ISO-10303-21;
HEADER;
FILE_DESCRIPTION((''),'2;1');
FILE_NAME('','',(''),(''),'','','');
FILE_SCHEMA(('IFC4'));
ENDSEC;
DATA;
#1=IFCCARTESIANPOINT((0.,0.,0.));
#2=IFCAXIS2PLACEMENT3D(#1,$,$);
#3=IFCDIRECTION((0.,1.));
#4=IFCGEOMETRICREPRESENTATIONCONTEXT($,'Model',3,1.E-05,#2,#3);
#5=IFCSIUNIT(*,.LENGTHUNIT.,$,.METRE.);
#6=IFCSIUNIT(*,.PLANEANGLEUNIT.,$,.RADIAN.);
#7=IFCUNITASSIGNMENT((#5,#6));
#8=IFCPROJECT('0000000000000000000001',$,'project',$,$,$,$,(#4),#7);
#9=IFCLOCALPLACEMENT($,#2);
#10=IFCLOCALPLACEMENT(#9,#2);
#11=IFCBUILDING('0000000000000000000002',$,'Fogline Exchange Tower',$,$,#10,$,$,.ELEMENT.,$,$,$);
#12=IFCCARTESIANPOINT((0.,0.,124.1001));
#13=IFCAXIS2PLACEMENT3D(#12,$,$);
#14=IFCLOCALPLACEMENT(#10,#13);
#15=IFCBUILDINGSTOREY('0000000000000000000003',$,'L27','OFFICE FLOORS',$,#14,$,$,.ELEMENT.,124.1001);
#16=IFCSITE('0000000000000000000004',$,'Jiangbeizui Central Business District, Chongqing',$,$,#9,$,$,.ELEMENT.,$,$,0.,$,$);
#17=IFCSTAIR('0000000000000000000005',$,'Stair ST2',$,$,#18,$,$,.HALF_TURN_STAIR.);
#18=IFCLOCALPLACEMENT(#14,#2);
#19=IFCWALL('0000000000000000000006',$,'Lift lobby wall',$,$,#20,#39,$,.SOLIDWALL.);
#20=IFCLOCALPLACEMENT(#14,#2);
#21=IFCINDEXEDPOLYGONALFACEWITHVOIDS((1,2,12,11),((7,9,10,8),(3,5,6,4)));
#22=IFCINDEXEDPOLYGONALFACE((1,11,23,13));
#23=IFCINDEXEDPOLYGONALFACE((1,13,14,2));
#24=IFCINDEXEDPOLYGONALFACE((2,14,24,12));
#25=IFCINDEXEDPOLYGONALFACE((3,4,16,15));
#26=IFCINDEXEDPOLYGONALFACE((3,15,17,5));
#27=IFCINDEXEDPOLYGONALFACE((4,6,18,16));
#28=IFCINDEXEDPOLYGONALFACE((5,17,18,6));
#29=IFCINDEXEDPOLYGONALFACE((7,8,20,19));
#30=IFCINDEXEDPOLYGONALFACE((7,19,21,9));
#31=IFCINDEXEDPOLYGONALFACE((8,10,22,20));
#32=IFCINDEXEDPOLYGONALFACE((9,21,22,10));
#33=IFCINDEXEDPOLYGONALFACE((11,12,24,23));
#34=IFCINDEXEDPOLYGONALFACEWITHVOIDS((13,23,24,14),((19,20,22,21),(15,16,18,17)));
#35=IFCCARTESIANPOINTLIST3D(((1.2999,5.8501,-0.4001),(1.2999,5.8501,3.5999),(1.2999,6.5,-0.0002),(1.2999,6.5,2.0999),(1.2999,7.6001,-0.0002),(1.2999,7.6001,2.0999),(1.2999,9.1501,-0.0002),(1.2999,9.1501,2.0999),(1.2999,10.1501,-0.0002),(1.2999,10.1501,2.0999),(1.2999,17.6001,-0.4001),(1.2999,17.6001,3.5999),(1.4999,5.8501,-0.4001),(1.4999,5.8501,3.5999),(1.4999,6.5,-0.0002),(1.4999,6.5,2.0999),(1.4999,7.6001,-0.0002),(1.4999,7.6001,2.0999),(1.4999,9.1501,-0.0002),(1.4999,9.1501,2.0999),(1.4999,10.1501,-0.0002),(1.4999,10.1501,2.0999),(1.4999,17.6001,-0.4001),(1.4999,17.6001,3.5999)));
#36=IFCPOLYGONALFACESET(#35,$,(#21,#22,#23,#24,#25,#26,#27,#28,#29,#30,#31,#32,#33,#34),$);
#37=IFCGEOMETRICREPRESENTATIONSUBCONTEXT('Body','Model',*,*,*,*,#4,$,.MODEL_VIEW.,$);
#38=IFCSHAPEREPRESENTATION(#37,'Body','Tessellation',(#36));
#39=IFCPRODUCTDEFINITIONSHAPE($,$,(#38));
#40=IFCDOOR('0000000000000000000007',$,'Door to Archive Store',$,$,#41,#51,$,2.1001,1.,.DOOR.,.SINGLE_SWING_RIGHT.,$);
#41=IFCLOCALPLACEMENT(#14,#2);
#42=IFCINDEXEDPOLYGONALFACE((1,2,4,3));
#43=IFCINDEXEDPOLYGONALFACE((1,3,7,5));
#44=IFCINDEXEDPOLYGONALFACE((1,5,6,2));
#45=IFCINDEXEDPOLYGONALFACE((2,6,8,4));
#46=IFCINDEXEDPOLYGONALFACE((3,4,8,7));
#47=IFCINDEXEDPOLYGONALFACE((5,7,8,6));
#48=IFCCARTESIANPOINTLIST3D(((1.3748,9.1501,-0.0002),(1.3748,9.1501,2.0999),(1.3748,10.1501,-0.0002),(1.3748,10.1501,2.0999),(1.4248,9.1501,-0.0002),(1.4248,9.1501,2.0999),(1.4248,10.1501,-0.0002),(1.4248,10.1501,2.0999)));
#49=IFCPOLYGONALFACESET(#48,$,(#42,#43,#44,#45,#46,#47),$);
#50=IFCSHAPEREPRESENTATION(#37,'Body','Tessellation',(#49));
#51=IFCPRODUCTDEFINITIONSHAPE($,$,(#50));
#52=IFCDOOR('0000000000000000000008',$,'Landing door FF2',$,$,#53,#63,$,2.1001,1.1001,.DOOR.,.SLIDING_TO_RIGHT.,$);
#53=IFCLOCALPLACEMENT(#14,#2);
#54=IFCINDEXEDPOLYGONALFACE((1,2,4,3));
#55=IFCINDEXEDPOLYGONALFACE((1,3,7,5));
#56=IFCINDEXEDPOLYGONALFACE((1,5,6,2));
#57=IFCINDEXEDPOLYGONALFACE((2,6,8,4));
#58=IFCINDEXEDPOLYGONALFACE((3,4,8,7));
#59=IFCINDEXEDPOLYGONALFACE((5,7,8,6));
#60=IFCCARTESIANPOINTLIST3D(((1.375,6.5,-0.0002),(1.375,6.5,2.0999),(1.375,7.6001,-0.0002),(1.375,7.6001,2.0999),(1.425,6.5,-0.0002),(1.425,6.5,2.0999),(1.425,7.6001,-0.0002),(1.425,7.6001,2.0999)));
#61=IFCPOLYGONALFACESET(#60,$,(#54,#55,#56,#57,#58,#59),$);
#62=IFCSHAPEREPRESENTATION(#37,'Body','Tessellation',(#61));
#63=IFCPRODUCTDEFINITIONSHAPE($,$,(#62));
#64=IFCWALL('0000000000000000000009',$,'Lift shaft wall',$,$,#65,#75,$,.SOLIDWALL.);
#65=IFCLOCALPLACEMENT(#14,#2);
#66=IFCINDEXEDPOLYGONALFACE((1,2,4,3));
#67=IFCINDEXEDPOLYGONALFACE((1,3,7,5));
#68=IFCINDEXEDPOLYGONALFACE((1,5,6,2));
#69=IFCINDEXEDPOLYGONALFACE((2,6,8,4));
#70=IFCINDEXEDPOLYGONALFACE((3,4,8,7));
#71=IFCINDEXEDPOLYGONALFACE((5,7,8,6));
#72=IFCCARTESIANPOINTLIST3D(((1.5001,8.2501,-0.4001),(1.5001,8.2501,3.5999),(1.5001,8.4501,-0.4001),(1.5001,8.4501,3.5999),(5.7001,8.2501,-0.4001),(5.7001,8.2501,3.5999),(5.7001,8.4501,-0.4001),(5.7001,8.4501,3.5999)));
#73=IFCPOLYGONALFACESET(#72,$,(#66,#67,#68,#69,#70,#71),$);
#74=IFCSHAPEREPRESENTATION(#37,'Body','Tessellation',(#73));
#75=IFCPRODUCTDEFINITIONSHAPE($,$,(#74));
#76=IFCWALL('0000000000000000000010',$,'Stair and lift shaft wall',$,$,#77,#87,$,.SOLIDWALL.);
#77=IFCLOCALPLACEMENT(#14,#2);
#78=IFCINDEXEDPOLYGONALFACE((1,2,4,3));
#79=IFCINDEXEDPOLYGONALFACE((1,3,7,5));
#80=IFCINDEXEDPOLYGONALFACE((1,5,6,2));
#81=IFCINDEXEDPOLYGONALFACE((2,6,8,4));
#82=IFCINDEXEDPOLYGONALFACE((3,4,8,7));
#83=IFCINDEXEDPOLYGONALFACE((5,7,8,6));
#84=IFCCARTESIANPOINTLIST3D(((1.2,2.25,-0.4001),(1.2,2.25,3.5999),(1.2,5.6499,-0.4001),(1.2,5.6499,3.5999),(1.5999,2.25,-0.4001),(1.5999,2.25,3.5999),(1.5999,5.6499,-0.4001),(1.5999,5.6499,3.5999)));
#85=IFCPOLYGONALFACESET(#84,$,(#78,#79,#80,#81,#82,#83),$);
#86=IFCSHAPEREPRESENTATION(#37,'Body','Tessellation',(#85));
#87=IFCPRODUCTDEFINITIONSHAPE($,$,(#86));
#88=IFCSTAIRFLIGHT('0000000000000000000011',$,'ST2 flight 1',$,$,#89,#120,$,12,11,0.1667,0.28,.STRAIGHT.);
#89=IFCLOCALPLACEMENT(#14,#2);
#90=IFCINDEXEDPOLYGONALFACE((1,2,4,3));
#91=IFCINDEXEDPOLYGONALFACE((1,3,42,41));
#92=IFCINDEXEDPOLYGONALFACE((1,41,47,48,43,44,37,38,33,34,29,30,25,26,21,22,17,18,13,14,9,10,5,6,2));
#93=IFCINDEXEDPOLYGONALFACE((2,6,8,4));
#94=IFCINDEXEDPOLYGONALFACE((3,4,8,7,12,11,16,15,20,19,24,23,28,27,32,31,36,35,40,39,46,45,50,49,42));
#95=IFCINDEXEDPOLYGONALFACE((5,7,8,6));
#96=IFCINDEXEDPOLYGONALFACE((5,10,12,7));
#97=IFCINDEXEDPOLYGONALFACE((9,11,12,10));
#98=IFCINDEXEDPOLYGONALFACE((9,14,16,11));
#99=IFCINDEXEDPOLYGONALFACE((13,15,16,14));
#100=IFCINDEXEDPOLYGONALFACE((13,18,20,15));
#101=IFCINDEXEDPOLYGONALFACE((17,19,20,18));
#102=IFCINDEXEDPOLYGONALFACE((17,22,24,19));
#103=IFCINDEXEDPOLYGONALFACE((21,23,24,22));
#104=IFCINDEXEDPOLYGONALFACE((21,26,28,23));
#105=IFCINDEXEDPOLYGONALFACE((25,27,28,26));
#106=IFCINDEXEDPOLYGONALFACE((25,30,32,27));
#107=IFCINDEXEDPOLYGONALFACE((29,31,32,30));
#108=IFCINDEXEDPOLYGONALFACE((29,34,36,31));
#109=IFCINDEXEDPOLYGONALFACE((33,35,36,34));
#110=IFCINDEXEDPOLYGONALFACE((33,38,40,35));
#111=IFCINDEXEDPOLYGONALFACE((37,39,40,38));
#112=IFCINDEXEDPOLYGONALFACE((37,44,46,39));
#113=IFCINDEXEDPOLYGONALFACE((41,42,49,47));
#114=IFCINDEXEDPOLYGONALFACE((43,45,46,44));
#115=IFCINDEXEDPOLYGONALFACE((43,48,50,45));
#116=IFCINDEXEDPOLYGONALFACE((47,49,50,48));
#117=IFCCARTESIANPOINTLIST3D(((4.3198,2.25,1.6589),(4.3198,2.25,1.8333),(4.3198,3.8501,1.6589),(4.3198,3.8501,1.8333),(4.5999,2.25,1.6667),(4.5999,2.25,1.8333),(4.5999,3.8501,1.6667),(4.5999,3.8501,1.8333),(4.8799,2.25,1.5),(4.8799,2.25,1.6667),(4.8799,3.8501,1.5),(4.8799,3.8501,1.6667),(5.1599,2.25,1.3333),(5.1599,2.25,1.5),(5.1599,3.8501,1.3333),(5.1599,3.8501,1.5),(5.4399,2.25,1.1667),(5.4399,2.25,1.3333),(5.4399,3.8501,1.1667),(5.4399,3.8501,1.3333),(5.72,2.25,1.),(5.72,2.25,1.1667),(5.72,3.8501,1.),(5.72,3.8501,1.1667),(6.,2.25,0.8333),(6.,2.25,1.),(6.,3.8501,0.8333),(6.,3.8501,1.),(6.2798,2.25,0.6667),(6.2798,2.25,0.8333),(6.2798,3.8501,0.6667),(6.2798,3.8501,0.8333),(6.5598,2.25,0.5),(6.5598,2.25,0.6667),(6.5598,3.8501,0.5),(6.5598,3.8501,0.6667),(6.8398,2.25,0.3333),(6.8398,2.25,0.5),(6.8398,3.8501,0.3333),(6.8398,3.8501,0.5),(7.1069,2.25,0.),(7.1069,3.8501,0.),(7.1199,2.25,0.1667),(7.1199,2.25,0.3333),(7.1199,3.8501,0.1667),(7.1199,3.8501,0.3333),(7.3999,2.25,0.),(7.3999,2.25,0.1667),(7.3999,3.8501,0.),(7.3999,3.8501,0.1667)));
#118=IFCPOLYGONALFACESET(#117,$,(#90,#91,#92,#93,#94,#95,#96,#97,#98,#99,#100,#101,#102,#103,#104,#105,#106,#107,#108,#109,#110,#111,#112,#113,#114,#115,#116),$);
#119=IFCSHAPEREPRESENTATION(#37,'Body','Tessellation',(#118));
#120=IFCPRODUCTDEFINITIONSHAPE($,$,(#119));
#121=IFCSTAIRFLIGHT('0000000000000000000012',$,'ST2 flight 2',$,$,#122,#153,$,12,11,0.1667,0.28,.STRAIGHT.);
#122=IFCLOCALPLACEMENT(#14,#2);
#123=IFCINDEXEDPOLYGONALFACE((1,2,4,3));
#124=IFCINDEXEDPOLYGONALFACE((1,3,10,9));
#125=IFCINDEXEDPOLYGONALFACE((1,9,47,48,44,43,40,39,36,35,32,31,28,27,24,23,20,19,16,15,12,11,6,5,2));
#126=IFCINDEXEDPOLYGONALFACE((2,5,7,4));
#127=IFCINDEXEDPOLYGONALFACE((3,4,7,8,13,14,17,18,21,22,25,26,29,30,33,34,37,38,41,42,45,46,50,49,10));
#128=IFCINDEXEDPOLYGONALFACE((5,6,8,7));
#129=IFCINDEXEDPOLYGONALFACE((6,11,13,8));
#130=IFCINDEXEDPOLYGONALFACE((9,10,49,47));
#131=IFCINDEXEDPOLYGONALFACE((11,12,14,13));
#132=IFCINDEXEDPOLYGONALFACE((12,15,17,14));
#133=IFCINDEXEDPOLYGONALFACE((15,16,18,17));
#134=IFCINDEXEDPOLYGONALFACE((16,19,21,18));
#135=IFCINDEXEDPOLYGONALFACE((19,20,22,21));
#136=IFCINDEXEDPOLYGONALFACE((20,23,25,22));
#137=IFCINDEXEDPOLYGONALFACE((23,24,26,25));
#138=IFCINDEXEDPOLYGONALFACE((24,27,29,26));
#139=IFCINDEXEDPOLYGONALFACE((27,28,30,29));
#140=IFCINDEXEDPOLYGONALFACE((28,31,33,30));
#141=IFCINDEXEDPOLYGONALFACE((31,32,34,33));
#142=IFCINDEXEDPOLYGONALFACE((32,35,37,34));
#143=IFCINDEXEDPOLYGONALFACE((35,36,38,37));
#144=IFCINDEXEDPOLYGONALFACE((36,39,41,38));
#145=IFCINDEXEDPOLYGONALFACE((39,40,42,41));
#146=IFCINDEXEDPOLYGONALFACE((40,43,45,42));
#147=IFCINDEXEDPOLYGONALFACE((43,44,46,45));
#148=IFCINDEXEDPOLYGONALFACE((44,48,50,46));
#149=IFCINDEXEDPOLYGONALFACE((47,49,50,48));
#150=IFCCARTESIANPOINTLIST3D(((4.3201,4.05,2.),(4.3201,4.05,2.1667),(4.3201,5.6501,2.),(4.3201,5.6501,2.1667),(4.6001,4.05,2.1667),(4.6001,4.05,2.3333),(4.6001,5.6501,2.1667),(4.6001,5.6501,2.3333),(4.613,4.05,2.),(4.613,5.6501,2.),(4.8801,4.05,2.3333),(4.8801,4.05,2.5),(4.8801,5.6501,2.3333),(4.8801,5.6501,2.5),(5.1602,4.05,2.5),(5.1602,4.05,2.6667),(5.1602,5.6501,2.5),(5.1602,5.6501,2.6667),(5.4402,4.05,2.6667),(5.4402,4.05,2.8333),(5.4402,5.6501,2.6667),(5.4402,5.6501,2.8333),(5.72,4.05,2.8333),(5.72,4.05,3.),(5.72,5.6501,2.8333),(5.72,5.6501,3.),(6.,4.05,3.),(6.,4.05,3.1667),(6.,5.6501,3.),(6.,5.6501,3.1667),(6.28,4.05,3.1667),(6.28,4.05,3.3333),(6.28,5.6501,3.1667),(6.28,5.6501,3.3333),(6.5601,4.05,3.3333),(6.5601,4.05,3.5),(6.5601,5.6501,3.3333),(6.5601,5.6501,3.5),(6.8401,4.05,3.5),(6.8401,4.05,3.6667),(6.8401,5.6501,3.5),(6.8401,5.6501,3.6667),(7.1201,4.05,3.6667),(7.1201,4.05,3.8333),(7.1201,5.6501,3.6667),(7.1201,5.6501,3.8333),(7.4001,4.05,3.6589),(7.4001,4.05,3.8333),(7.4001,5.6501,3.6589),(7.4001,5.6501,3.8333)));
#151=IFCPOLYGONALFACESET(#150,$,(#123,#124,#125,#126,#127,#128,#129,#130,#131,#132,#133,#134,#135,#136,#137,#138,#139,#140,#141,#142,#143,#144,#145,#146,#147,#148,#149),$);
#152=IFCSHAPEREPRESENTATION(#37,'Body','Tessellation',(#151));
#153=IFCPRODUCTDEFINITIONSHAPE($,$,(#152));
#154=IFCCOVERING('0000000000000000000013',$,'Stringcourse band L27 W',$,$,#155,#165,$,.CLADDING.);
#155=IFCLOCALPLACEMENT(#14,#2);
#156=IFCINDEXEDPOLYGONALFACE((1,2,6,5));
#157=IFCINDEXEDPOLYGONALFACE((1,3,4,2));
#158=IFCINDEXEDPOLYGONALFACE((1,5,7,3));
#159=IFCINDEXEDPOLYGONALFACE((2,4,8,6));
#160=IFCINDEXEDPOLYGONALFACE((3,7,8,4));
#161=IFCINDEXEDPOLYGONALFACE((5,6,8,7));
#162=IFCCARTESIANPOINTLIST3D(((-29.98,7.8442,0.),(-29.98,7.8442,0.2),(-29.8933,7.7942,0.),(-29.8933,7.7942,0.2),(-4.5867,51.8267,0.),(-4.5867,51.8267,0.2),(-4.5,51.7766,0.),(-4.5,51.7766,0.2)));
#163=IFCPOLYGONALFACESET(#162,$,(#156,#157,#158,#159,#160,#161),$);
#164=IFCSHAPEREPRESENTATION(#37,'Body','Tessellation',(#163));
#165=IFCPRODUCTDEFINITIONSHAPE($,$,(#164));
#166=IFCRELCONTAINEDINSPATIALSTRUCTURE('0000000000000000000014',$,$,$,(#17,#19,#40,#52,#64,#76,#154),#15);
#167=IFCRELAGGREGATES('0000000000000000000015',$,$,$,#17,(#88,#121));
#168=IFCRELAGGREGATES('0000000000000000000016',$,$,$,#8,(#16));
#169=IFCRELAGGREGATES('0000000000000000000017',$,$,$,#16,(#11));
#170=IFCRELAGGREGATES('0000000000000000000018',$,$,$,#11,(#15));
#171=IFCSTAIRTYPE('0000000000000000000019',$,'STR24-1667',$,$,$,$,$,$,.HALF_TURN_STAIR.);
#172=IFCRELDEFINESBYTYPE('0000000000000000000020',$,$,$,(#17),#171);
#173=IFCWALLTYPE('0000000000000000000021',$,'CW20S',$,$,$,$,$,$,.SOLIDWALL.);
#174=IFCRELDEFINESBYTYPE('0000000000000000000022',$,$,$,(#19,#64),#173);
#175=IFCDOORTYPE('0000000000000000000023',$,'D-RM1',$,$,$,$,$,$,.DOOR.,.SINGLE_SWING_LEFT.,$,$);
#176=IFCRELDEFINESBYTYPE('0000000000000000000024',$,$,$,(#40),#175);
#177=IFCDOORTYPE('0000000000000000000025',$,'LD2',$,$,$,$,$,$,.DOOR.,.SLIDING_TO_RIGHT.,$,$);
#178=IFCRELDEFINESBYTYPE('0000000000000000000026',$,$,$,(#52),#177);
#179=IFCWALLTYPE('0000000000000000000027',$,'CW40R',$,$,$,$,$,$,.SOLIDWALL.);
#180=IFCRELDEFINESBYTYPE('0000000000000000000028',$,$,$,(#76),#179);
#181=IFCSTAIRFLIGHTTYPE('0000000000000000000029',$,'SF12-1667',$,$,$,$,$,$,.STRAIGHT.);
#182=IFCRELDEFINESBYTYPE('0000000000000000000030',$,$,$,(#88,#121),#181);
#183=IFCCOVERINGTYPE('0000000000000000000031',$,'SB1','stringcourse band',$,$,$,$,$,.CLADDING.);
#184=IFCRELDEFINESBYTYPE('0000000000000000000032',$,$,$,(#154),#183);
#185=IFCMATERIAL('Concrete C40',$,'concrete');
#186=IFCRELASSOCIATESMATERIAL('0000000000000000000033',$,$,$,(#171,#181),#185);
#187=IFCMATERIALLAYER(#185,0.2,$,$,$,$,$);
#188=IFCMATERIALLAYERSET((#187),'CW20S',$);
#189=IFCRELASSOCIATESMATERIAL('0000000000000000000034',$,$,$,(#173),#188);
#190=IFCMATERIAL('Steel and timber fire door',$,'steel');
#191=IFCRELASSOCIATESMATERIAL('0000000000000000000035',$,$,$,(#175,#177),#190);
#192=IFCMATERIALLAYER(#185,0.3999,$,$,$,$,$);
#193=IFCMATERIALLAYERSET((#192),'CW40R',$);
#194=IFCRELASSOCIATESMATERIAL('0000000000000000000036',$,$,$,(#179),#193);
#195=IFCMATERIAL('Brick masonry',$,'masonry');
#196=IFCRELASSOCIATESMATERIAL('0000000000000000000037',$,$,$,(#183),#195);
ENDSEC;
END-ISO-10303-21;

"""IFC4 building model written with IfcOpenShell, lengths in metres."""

from ifc_helpers import new_model, si_unit, direction, frame, frame_2d, origin, place, context, subcontext, project, spatial, polyline, rectangle, outline, extrude, material, layer, layer_set, type_object, element, fill, aggregate, save


model = new_model("IFC4")

# Units and contexts
model_context = context("Model", 3, precision=1e-05, world=origin(), true_north=direction((0.0, 1.0)))
body_context = subcontext(model_context, "Body", "Model", "MODEL_VIEW")
ifc_project = project(units=[si_unit("LENGTHUNIT", "METRE"), si_unit("PLANEANGLEUNIT", "RADIAN")], contexts=[model_context])

# Site, building, storey
site_placement = place(None, origin())
site = spatial("IfcSite", under=ifc_project, at=site_placement, Name="Jiangbeizui Central Business District, Chongqing", CompositionType="ELEMENT", RefElevation=0.0)
building_placement = place(site_placement, origin())
building = spatial("IfcBuilding", under=site, at=building_placement, Name="Fogline Exchange Tower", CompositionType="ELEMENT")
storey_placement = place(building_placement, frame((0.0, 0.0, 124.1001)))
storey = spatial("IfcBuildingStorey", under=building, at=storey_placement, Name="L27", Description="OFFICE FLOORS", CompositionType="ELEMENT", Elevation=124.1001)

# Shared definitions
ifc_material_1 = material(Name="Concrete C40", Category="concrete")

# Stair
stair_type = type_object("IfcStairType", Name="STR24-1667", PredefinedType="HALF_TURN_STAIR", material=ifc_material_1)
stair_1_placement = place(storey_placement, origin())
stair_1 = element("IfcStair", 1, at=stair_1_placement, inside=storey, type_object=stair_type, Name="Stair ST2", PredefinedType="HALF_TURN_STAIR")

# Shared definitions
ifc_material_2 = material(Name="Steel and timber fire door", Category="steel")

# Shared definitions
ifc_layer_1 = layer(ifc_material_1, 0.2)
ifc_layer_set_1 = layer_set([ifc_layer_1], Name="CW20S")
wall_type_1 = type_object("IfcWallType", Name="CW20S", PredefinedType="SOLIDWALL", material=ifc_layer_set_1)
door_type_1 = type_object("IfcDoorType", Name="D-RM1", OperationType="SINGLE_SWING_LEFT", PredefinedType="DOOR", material=ifc_material_2)

# Wall, openings, doors
wall_1_placement = place(storey_placement, frame((1.3999, 5.8501, -0.4001), z_axis=(0.0, 0.0, 1.0), x_axis=(0.0, 1.0, 0.0)))
wall_1 = element("IfcWall", 2, at=wall_1_placement, inside=storey, type_object=wall_type_1, Name="Lift lobby wall", PredefinedType="SOLIDWALL", context=body_context, shape_type="SweptSolid", body=[
    extrude(rectangle(XDim=11.75, YDim=0.2, at=frame_2d((5.875, 0.0))), origin(), (0.0, 0.0, 1.0), 4.0),
])
opening_1_placement = place(wall_1_placement, frame((0.6499, 0.0, 0.3999)))
opening_1 = element("IfcOpeningElement", 3, at=opening_1_placement, cuts=wall_1, PredefinedType="OPENING", context=body_context, shape_type="SweptSolid", body=[
    extrude(rectangle(XDim=1.1001, YDim=2.1001, at=frame_2d((0.55, 1.05))), frame((0.0, 0.1099, 0.0), z_axis=(0.0, -1.0, 0.0), x_axis=(1.0, 0.0, 0.0)), (0.0, 0.0, 1.0), 0.22),
])
opening_2_placement = place(wall_1_placement, frame((3.3, 0.0, 0.3999)))
opening_2 = element("IfcOpeningElement", 4, at=opening_2_placement, cuts=wall_1, PredefinedType="OPENING", context=body_context, shape_type="SweptSolid", body=[
    extrude(rectangle(XDim=1.0, YDim=2.1001, at=frame_2d((0.5, 1.05))), frame((0.0, 0.1099, 0.0), z_axis=(0.0, -1.0, 0.0), x_axis=(1.0, 0.0, 0.0)), (0.0, 0.0, 1.0), 0.22),
])
door_1_placement = place(opening_2_placement, frame((1.0, 0.0, 0.0), z_axis=(0.0, 0.0, 1.0), x_axis=(-1.0, 0.0, 0.0)))
door_1 = element("IfcDoor", 5, at=door_1_placement, inside=storey, type_object=door_type_1, Name="Door to Archive Store", OperationType="SINGLE_SWING_RIGHT", OverallHeight=2.1001, OverallWidth=1.0, PredefinedType="DOOR", context=body_context, shape_type="SweptSolid", body=[
    extrude(rectangle(XDim=1.0, YDim=2.1001, at=frame_2d((0.5, 1.05))), frame((0.0, 0.0249, 0.0), z_axis=(0.0, -1.0, 0.0), x_axis=(1.0, 0.0, 0.0)), (0.0, 0.0, 1.0), 0.05),
])
fill(opening_2, door_1)
door_type_2 = type_object("IfcDoorType", Name="LD2", OperationType="SLIDING_TO_RIGHT", PredefinedType="DOOR", material=ifc_material_2)
door_2_placement = place(opening_1_placement, origin())
door_2 = element("IfcDoor", 6, at=door_2_placement, inside=storey, type_object=door_type_2, Name="Landing door FF2", OperationType="SLIDING_TO_RIGHT", OverallHeight=2.1001, OverallWidth=1.1001, PredefinedType="DOOR", context=body_context, shape_type="SweptSolid", body=[
    extrude(rectangle(XDim=1.1001, YDim=2.1001, at=frame_2d((0.55, 1.05))), frame((0.0, 0.0249, 0.0), z_axis=(0.0, -1.0, 0.0), x_axis=(1.0, 0.0, 0.0)), (0.0, 0.0, 1.0), 0.05),
])
fill(opening_1, door_2)

# Walls
wall_2_placement = place(storey_placement, frame((1.5, 8.3501, -0.4001), z_axis=(0.0, 0.0, 1.0), x_axis=(1.0, 0.0, 0.0)))
element("IfcWall", 7, at=wall_2_placement, inside=storey, type_object=wall_type_1, Name="Lift shaft wall", PredefinedType="SOLIDWALL", context=body_context, shape_type="SweptSolid", body=[
    extrude(rectangle(XDim=4.2, YDim=0.2, at=frame_2d((2.1001, 0.0))), origin(), (0.0, 0.0, 1.0), 4.0),
])
ifc_layer_2 = layer(ifc_material_1, 0.3999)
ifc_layer_set_2 = layer_set([ifc_layer_2], Name="CW40R")
wall_type_2 = type_object("IfcWallType", Name="CW40R", PredefinedType="SOLIDWALL", material=ifc_layer_set_2)
wall_3_placement = place(storey_placement, frame((1.3999, 2.25, -0.4001), z_axis=(0.0, 0.0, 1.0), x_axis=(0.0, 1.0, 0.0)))
element("IfcWall", 8, at=wall_3_placement, inside=storey, type_object=wall_type_2, Name="Stair and lift shaft wall", PredefinedType="SOLIDWALL", context=body_context, shape_type="SweptSolid", body=[
    extrude(rectangle(XDim=3.3999, YDim=0.3999, at=frame_2d((1.7, 0.0))), origin(), (0.0, 0.0, 1.0), 4.0),
])

# Stair flights
stair_flight_type = type_object("IfcStairFlightType", Name="SF12-1667", PredefinedType="STRAIGHT", material=ifc_material_1)
stair_flight_1_placement = place(storey_placement, frame((7.3999, 3.05, 0.0), z_axis=(0.0, 0.0, 1.0), x_axis=(-1.0, 0.0, 0.0)))
stair_flight_1 = element("IfcStairFlight", 9, at=stair_flight_1_placement, type_object=stair_flight_type, Name="ST2 flight 1", NumberOfRisers=12, NumberOfTreads=11, PredefinedType="STRAIGHT", RiserHeight=0.1667, TreadLength=0.28, context=body_context, shape_type="SweptSolid", body=[
    extrude(outline(polyline([(0.0, 0.0), (0.0, 0.1667), (0.28, 0.1667), (0.28, 0.3333), (0.5601, 0.3333), (0.5601, 0.5), (0.8401, 0.5), (0.8401, 0.6667), (1.1201, 0.6667), (1.1201, 0.8333), (1.3999, 0.8333), (1.3999, 1.0), (1.6799, 1.0), (1.6799, 1.1667), (1.96, 1.1667), (1.96, 1.3333), (2.24, 1.3333), (2.24, 1.5), (2.52, 1.5), (2.52, 1.6667), (2.8, 1.6667), (2.8, 1.8333), (3.0801, 1.8333), (3.0801, 2.0), (3.0801, 1.6589), (0.293, 0.0), (0.0, 0.0)])), frame((0.0, 0.8, 0.0), z_axis=(0.0, -1.0, 0.0), x_axis=(1.0, 0.0, 0.0)), (0.0, 0.0, 1.0), 1.6001),
])
stair_flight_2_placement = place(storey_placement, frame((4.3201, 4.8501, 2.0), z_axis=(0.0, 0.0, 1.0), x_axis=(1.0, 0.0, 0.0)))
stair_flight_2 = element("IfcStairFlight", 10, at=stair_flight_2_placement, type_object=stair_flight_type, Name="ST2 flight 2", NumberOfRisers=12, NumberOfTreads=11, PredefinedType="STRAIGHT", RiserHeight=0.1667, TreadLength=0.28, context=body_context, shape_type="SweptSolid", body=[
    extrude(outline(polyline([(0.0, 0.0), (0.0, 0.1667), (0.28, 0.1667), (0.28, 0.3333), (0.5601, 0.3333), (0.5601, 0.5), (0.8401, 0.5), (0.8401, 0.6667), (1.1201, 0.6667), (1.1201, 0.8333), (1.3999, 0.8333), (1.3999, 1.0), (1.6799, 1.0), (1.6799, 1.1667), (1.96, 1.1667), (1.96, 1.3333), (2.24, 1.3333), (2.24, 1.5), (2.52, 1.5), (2.52, 1.6667), (2.8, 1.6667), (2.8, 1.8333), (3.0801, 1.8333), (3.0801, 2.0), (3.0801, 1.6589), (0.293, 0.0), (0.0, 0.0)])), frame((0.0, 0.8, 0.0), z_axis=(0.0, -1.0, 0.0), x_axis=(1.0, 0.0, 0.0)), (0.0, 0.0, 1.0), 1.6001),
])
aggregate(stair_1, [stair_flight_1, stair_flight_2])

# Covering
ifc_material_3 = material(Name="Brick masonry", Category="masonry")
covering_type = type_object("IfcCoveringType", Name="SB1", Description="stringcourse band", PredefinedType="CLADDING", material=ifc_material_3)
covering_placement = place(storey_placement, origin())
element("IfcCovering", 11, at=covering_placement, inside=storey, type_object=covering_type, Name="Stringcourse band L27 W", PredefinedType="CLADDING", context=body_context, shape_type="SweptSolid", body=[
    extrude(outline(polyline([(-4.5, 51.7766), (-4.5867, 51.8267), (-29.98, 7.8442), (-29.8933, 7.7942), (-4.5, 51.7766)])), origin(), (0.0, 0.0, 1.0), 0.2),
])

save(model, "model.ifc")
